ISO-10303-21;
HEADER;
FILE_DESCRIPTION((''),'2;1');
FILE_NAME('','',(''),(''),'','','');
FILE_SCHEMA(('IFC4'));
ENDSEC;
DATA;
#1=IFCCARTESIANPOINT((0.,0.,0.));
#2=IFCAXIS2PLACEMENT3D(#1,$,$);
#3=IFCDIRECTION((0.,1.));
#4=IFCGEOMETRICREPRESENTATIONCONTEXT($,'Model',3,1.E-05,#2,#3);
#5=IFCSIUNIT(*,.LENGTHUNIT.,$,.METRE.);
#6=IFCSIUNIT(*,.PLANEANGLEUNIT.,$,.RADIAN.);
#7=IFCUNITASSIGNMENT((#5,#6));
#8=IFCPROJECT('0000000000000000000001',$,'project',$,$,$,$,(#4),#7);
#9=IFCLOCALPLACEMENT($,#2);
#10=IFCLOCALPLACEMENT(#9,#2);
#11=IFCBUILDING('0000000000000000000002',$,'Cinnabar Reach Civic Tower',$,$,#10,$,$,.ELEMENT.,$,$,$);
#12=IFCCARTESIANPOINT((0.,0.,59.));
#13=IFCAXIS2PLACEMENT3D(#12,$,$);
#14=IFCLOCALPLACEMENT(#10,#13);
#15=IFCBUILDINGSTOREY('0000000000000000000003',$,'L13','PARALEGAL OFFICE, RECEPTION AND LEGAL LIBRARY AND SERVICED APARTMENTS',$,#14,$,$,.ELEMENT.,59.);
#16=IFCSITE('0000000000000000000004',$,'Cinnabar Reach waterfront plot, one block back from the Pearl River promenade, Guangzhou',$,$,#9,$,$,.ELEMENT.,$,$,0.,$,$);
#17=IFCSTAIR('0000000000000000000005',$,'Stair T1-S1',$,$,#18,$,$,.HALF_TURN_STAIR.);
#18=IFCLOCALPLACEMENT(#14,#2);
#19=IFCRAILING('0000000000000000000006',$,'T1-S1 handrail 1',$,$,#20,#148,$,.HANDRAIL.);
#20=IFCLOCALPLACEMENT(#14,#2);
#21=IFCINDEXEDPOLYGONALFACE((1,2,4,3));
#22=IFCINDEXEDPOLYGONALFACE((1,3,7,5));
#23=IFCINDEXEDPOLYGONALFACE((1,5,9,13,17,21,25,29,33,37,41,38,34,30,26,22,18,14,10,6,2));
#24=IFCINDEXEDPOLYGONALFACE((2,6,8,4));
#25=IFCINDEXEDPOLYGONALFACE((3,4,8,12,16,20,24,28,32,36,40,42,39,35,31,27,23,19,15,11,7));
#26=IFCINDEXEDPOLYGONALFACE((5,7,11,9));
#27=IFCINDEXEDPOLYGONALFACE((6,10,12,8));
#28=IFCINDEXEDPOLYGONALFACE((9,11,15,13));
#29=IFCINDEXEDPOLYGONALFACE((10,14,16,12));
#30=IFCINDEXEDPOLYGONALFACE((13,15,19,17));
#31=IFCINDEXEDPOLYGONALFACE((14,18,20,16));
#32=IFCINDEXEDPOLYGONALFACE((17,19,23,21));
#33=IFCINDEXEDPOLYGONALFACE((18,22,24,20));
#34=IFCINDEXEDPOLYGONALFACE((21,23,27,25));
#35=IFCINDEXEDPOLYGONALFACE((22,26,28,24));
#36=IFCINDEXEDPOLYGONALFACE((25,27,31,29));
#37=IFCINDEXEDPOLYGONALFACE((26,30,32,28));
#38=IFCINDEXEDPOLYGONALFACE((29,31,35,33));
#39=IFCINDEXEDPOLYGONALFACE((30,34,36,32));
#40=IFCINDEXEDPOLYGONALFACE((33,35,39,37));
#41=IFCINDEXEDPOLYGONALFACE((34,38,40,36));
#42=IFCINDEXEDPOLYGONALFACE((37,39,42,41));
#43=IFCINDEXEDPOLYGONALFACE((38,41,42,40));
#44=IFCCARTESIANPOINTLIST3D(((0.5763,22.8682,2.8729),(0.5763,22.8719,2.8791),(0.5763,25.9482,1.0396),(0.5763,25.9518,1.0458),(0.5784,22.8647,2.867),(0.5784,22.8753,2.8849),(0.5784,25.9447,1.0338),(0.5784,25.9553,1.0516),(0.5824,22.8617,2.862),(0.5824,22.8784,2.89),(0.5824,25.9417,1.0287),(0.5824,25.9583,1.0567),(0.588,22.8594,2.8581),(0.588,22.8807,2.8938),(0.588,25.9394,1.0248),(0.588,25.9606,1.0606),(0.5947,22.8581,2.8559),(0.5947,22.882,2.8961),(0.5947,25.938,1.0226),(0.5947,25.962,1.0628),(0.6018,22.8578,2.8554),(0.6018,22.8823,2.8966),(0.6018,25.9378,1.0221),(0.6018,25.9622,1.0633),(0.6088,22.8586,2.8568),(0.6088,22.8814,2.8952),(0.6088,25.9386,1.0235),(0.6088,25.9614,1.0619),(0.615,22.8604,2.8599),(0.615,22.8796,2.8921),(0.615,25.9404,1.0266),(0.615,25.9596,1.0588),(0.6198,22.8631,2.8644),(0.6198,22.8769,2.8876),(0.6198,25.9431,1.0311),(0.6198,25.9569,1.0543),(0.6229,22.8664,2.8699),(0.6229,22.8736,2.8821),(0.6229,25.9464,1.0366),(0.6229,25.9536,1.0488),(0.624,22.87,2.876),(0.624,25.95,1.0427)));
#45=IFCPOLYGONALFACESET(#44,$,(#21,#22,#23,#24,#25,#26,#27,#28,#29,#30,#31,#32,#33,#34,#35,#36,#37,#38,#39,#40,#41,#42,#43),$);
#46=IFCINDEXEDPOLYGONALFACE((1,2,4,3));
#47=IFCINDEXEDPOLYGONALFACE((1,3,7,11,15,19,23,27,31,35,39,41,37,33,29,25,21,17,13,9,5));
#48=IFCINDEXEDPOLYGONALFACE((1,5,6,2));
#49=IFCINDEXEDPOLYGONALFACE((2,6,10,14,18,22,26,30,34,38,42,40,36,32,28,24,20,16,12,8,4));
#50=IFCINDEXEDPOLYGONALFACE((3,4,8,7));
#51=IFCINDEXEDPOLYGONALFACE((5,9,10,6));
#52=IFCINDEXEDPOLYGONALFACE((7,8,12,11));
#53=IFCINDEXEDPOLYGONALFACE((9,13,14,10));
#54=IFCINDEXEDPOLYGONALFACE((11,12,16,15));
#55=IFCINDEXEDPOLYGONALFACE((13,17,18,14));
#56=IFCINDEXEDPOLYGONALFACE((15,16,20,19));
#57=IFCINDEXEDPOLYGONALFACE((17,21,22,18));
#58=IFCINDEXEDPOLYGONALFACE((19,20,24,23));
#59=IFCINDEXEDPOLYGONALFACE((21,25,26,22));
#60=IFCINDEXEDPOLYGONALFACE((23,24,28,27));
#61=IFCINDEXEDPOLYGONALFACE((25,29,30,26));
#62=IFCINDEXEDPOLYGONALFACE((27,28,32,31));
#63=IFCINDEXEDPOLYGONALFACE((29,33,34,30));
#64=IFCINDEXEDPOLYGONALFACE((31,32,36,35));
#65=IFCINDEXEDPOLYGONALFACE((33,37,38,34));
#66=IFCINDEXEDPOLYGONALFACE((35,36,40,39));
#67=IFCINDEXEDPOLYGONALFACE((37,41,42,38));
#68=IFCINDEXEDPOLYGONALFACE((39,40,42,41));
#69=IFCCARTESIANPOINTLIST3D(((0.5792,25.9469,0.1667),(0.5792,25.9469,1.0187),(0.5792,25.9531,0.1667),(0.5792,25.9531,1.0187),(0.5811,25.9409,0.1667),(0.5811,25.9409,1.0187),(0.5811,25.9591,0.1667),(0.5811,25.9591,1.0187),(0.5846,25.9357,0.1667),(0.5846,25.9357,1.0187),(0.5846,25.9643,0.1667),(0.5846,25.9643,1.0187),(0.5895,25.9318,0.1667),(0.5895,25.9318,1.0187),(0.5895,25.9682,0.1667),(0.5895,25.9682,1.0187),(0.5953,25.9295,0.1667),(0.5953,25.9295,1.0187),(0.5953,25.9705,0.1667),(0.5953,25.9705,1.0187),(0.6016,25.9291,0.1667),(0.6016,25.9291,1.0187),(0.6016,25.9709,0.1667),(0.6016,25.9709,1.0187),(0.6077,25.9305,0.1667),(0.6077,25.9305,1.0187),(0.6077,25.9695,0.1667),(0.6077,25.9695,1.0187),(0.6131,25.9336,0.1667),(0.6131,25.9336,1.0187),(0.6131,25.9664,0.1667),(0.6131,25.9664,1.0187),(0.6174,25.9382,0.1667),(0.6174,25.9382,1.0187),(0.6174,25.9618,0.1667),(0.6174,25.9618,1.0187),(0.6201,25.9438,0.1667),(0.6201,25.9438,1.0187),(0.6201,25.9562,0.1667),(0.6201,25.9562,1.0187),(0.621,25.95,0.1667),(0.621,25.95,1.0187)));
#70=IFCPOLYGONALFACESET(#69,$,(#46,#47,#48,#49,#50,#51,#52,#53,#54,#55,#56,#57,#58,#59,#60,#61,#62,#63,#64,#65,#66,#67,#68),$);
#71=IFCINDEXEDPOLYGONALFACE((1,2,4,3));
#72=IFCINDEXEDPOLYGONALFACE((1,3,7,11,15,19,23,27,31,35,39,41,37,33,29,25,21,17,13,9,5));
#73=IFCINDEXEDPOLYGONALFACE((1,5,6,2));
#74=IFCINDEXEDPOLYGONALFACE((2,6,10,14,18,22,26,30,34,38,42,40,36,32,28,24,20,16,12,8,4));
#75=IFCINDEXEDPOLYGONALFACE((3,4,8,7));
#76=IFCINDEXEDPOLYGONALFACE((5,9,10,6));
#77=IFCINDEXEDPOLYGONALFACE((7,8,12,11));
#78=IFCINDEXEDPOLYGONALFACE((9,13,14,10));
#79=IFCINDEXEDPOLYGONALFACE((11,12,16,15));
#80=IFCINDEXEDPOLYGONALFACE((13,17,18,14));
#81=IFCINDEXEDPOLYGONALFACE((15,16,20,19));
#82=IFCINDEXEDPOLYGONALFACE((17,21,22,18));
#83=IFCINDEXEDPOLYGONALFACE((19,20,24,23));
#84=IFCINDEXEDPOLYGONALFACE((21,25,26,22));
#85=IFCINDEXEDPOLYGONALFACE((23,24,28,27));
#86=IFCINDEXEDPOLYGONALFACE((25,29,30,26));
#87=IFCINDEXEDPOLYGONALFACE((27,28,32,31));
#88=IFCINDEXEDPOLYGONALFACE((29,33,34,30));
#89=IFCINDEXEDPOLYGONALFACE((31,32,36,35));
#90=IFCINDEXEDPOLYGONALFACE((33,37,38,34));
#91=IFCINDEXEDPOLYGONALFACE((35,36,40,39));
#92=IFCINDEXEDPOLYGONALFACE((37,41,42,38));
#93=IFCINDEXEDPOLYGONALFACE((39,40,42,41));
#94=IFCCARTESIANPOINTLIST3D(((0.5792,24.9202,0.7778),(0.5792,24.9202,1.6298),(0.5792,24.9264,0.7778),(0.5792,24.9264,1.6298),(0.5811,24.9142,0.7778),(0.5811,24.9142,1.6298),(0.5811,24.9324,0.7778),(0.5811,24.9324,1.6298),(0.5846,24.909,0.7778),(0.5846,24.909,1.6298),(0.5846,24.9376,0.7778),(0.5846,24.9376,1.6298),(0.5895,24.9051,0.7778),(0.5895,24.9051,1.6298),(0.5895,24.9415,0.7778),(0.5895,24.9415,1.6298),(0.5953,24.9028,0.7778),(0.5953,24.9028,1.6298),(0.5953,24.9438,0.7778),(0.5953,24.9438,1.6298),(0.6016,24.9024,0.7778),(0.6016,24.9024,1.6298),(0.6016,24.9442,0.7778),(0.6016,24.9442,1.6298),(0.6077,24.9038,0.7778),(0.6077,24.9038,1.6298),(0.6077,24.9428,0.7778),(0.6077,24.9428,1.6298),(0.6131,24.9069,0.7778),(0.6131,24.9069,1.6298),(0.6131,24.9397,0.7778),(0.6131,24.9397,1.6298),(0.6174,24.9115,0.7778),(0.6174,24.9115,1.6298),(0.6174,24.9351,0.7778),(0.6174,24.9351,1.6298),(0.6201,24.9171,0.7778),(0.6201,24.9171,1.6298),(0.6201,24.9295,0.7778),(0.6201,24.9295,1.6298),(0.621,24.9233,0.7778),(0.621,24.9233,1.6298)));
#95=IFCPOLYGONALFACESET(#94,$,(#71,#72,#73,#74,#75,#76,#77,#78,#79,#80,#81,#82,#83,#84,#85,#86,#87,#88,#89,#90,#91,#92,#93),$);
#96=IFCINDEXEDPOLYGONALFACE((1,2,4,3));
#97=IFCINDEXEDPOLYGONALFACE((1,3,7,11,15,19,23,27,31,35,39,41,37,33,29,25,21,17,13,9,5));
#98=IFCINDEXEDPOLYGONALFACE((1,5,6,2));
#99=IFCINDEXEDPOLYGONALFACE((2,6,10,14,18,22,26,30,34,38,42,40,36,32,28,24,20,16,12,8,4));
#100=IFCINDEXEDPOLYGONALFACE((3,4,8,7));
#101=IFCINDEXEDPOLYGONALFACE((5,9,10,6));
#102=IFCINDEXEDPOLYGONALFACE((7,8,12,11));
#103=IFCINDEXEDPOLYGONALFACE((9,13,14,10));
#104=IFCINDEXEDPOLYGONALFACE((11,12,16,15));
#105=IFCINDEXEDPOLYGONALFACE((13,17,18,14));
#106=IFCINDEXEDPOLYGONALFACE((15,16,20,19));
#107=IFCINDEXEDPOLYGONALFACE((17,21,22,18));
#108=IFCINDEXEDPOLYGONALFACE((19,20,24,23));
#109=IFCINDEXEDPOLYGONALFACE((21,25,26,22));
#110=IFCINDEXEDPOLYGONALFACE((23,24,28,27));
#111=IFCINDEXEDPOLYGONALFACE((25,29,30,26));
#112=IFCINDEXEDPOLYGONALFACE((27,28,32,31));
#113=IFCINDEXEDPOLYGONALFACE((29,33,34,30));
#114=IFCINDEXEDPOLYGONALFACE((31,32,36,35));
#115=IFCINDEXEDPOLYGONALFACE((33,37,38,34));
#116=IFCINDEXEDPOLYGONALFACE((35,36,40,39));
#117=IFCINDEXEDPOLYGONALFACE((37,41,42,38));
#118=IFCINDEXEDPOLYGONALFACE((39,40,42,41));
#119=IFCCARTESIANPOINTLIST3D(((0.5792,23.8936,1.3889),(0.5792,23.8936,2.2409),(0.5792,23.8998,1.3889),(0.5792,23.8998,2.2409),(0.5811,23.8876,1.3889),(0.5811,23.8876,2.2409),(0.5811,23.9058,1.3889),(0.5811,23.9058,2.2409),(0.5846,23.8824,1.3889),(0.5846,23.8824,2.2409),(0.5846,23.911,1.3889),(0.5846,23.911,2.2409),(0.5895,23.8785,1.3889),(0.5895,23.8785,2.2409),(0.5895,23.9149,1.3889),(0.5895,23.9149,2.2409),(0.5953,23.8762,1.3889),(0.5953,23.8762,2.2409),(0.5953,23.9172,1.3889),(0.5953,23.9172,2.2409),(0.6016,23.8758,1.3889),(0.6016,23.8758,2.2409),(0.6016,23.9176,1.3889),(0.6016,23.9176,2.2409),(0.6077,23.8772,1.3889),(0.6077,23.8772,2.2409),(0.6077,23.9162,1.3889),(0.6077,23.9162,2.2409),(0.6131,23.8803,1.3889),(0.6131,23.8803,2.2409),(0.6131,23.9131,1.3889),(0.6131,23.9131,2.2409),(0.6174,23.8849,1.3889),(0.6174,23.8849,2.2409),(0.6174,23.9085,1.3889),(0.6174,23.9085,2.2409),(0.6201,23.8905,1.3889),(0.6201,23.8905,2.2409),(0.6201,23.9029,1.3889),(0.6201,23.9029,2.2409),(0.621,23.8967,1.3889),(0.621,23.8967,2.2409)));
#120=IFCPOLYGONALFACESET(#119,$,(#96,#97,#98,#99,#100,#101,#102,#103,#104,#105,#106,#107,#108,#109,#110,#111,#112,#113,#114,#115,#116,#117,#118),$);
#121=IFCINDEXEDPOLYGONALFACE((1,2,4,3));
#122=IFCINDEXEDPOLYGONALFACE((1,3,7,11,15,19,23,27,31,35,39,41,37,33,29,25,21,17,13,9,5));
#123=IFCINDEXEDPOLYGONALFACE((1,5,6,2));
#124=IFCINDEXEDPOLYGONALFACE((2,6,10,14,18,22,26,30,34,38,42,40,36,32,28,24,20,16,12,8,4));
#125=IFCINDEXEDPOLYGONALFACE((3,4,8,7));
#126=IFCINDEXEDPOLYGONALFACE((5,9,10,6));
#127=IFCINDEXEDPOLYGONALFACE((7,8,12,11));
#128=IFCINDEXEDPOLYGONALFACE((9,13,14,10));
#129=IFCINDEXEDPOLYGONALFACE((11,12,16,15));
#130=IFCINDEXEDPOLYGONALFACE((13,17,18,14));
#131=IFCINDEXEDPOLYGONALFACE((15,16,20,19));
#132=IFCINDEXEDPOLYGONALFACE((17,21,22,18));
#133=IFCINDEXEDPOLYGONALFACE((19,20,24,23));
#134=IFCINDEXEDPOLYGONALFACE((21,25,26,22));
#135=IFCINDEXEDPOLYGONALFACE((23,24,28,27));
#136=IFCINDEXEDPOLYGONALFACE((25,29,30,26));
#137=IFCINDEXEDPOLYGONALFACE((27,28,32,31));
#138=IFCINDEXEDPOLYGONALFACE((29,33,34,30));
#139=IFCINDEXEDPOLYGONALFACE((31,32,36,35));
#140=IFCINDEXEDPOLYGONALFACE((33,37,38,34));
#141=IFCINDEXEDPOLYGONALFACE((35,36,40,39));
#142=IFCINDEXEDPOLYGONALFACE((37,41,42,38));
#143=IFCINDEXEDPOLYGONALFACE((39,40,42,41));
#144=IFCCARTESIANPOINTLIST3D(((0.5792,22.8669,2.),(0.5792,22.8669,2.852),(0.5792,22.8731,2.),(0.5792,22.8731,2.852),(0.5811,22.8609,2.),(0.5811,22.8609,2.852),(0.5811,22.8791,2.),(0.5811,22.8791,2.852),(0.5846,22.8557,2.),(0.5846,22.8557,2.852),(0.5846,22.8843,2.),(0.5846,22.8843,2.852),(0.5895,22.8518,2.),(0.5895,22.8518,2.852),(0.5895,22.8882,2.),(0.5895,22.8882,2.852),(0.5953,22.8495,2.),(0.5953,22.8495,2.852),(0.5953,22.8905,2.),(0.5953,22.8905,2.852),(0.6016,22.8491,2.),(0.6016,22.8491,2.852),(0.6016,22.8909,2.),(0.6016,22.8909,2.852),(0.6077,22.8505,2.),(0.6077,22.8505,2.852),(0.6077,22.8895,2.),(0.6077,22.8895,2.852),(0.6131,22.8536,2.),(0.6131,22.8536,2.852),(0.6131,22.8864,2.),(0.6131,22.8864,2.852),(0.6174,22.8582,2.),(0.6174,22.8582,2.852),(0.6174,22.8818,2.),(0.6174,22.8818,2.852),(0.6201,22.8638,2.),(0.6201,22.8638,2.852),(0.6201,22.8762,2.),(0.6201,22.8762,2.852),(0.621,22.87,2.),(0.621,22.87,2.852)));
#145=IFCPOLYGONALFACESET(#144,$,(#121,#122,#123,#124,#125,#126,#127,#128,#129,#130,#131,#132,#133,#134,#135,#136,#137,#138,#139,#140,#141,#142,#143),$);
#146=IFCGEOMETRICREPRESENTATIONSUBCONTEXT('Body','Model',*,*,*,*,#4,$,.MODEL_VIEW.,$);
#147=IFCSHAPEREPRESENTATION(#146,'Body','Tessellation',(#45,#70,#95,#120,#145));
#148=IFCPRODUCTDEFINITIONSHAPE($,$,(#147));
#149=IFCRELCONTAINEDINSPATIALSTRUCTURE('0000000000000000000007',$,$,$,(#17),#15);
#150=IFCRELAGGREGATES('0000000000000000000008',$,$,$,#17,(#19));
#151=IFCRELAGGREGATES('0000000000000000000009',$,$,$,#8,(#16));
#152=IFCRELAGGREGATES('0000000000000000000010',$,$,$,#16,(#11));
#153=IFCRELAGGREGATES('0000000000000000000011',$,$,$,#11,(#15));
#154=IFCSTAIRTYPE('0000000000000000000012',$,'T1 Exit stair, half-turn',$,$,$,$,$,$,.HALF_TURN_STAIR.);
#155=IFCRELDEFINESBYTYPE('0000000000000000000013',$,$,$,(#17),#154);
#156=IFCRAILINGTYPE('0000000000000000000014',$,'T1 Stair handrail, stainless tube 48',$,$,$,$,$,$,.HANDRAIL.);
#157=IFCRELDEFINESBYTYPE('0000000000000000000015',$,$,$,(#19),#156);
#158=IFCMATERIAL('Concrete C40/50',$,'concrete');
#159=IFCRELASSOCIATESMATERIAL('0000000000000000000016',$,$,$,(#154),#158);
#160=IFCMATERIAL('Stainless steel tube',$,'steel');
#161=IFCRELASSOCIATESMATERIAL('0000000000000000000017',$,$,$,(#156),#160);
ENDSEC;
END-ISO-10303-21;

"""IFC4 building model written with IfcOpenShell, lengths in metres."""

from ifc_helpers import new_model, si_unit, direction, frame, origin, origin_2d, place, context, subcontext, project, spatial, circle, extrude, material, type_object, element, aggregate, save


model = new_model("IFC4")

# Units and contexts
model_context = context("Model", 3, precision=1e-05, world=origin(), true_north=direction((0.0, 1.0)))
body_context = subcontext(model_context, "Body", "Model", "MODEL_VIEW")
ifc_project = project(units=[si_unit("LENGTHUNIT", "METRE"), si_unit("PLANEANGLEUNIT", "RADIAN")], contexts=[model_context])

# Site, building, storey
site_placement = place(None, origin())
site = spatial("IfcSite", under=ifc_project, at=site_placement, Name="Cinnabar Reach waterfront plot, one block back from the Pearl River promenade, Guangzhou", CompositionType="ELEMENT", RefElevation=0.0)
building_placement = place(site_placement, origin())
building = spatial("IfcBuilding", under=site, at=building_placement, Name="Cinnabar Reach Civic Tower", CompositionType="ELEMENT")
storey_placement = place(building_placement, frame((0.0, 0.0, 59.0)))
storey = spatial("IfcBuildingStorey", under=building, at=storey_placement, Name="L13", Description="PARALEGAL OFFICE, RECEPTION AND LEGAL LIBRARY AND SERVICED APARTMENTS", CompositionType="ELEMENT", Elevation=59.0)

# Shared definitions
ifc_material_1 = material(Name="Concrete C40/50", Category="concrete")

# Stair, railing
stair_type_1 = type_object("IfcStairType", Name="T1 Exit stair, half-turn", PredefinedType="HALF_TURN_STAIR", material=ifc_material_1)
stair_1_placement = place(storey_placement, origin())
stair_1 = element("IfcStair", 1, at=stair_1_placement, inside=storey, type_object=stair_type_1, Name="Stair T1-S1", PredefinedType="HALF_TURN_STAIR")
ifc_material_2 = material(Name="Stainless steel tube", Category="steel")
railing_type_1 = type_object("IfcRailingType", Name="T1 Stair handrail, stainless tube 48", PredefinedType="HANDRAIL", material=ifc_material_2)
railing_1_placement = place(storey_placement, frame((0.6, 25.95, 0.1667)))
railing_1 = element("IfcRailing", 2, at=railing_1_placement, type_object=railing_type_1, Name="T1-S1 handrail 1", PredefinedType="HANDRAIL", context=body_context, shape_type="SweptSolid", body=[
    extrude(circle(Radius=0.024, at=origin_2d()), frame((0.0, 0.0, 0.876), z_axis=(0.0, -0.859297, 0.511477), x_axis=(1.0, 0.0, 0.0)), (0.0, 0.0, 1.0), 3.5843),
    extrude(circle(Radius=0.021, at=origin_2d()), origin(), (0.0, 0.0, 1.0), 0.852),
    extrude(circle(Radius=0.021, at=origin_2d()), frame((0.0, -1.0267, 0.6111)), (0.0, 0.0, 1.0), 0.852),
    extrude(circle(Radius=0.021, at=origin_2d()), frame((0.0, -2.0533, 1.2222)), (0.0, 0.0, 1.0), 0.852),
    extrude(circle(Radius=0.021, at=origin_2d()), frame((0.0, -3.08, 1.8333)), (0.0, 0.0, 1.0), 0.852),
])
aggregate(stair_1, [railing_1])

save(model, "model.ifc")
